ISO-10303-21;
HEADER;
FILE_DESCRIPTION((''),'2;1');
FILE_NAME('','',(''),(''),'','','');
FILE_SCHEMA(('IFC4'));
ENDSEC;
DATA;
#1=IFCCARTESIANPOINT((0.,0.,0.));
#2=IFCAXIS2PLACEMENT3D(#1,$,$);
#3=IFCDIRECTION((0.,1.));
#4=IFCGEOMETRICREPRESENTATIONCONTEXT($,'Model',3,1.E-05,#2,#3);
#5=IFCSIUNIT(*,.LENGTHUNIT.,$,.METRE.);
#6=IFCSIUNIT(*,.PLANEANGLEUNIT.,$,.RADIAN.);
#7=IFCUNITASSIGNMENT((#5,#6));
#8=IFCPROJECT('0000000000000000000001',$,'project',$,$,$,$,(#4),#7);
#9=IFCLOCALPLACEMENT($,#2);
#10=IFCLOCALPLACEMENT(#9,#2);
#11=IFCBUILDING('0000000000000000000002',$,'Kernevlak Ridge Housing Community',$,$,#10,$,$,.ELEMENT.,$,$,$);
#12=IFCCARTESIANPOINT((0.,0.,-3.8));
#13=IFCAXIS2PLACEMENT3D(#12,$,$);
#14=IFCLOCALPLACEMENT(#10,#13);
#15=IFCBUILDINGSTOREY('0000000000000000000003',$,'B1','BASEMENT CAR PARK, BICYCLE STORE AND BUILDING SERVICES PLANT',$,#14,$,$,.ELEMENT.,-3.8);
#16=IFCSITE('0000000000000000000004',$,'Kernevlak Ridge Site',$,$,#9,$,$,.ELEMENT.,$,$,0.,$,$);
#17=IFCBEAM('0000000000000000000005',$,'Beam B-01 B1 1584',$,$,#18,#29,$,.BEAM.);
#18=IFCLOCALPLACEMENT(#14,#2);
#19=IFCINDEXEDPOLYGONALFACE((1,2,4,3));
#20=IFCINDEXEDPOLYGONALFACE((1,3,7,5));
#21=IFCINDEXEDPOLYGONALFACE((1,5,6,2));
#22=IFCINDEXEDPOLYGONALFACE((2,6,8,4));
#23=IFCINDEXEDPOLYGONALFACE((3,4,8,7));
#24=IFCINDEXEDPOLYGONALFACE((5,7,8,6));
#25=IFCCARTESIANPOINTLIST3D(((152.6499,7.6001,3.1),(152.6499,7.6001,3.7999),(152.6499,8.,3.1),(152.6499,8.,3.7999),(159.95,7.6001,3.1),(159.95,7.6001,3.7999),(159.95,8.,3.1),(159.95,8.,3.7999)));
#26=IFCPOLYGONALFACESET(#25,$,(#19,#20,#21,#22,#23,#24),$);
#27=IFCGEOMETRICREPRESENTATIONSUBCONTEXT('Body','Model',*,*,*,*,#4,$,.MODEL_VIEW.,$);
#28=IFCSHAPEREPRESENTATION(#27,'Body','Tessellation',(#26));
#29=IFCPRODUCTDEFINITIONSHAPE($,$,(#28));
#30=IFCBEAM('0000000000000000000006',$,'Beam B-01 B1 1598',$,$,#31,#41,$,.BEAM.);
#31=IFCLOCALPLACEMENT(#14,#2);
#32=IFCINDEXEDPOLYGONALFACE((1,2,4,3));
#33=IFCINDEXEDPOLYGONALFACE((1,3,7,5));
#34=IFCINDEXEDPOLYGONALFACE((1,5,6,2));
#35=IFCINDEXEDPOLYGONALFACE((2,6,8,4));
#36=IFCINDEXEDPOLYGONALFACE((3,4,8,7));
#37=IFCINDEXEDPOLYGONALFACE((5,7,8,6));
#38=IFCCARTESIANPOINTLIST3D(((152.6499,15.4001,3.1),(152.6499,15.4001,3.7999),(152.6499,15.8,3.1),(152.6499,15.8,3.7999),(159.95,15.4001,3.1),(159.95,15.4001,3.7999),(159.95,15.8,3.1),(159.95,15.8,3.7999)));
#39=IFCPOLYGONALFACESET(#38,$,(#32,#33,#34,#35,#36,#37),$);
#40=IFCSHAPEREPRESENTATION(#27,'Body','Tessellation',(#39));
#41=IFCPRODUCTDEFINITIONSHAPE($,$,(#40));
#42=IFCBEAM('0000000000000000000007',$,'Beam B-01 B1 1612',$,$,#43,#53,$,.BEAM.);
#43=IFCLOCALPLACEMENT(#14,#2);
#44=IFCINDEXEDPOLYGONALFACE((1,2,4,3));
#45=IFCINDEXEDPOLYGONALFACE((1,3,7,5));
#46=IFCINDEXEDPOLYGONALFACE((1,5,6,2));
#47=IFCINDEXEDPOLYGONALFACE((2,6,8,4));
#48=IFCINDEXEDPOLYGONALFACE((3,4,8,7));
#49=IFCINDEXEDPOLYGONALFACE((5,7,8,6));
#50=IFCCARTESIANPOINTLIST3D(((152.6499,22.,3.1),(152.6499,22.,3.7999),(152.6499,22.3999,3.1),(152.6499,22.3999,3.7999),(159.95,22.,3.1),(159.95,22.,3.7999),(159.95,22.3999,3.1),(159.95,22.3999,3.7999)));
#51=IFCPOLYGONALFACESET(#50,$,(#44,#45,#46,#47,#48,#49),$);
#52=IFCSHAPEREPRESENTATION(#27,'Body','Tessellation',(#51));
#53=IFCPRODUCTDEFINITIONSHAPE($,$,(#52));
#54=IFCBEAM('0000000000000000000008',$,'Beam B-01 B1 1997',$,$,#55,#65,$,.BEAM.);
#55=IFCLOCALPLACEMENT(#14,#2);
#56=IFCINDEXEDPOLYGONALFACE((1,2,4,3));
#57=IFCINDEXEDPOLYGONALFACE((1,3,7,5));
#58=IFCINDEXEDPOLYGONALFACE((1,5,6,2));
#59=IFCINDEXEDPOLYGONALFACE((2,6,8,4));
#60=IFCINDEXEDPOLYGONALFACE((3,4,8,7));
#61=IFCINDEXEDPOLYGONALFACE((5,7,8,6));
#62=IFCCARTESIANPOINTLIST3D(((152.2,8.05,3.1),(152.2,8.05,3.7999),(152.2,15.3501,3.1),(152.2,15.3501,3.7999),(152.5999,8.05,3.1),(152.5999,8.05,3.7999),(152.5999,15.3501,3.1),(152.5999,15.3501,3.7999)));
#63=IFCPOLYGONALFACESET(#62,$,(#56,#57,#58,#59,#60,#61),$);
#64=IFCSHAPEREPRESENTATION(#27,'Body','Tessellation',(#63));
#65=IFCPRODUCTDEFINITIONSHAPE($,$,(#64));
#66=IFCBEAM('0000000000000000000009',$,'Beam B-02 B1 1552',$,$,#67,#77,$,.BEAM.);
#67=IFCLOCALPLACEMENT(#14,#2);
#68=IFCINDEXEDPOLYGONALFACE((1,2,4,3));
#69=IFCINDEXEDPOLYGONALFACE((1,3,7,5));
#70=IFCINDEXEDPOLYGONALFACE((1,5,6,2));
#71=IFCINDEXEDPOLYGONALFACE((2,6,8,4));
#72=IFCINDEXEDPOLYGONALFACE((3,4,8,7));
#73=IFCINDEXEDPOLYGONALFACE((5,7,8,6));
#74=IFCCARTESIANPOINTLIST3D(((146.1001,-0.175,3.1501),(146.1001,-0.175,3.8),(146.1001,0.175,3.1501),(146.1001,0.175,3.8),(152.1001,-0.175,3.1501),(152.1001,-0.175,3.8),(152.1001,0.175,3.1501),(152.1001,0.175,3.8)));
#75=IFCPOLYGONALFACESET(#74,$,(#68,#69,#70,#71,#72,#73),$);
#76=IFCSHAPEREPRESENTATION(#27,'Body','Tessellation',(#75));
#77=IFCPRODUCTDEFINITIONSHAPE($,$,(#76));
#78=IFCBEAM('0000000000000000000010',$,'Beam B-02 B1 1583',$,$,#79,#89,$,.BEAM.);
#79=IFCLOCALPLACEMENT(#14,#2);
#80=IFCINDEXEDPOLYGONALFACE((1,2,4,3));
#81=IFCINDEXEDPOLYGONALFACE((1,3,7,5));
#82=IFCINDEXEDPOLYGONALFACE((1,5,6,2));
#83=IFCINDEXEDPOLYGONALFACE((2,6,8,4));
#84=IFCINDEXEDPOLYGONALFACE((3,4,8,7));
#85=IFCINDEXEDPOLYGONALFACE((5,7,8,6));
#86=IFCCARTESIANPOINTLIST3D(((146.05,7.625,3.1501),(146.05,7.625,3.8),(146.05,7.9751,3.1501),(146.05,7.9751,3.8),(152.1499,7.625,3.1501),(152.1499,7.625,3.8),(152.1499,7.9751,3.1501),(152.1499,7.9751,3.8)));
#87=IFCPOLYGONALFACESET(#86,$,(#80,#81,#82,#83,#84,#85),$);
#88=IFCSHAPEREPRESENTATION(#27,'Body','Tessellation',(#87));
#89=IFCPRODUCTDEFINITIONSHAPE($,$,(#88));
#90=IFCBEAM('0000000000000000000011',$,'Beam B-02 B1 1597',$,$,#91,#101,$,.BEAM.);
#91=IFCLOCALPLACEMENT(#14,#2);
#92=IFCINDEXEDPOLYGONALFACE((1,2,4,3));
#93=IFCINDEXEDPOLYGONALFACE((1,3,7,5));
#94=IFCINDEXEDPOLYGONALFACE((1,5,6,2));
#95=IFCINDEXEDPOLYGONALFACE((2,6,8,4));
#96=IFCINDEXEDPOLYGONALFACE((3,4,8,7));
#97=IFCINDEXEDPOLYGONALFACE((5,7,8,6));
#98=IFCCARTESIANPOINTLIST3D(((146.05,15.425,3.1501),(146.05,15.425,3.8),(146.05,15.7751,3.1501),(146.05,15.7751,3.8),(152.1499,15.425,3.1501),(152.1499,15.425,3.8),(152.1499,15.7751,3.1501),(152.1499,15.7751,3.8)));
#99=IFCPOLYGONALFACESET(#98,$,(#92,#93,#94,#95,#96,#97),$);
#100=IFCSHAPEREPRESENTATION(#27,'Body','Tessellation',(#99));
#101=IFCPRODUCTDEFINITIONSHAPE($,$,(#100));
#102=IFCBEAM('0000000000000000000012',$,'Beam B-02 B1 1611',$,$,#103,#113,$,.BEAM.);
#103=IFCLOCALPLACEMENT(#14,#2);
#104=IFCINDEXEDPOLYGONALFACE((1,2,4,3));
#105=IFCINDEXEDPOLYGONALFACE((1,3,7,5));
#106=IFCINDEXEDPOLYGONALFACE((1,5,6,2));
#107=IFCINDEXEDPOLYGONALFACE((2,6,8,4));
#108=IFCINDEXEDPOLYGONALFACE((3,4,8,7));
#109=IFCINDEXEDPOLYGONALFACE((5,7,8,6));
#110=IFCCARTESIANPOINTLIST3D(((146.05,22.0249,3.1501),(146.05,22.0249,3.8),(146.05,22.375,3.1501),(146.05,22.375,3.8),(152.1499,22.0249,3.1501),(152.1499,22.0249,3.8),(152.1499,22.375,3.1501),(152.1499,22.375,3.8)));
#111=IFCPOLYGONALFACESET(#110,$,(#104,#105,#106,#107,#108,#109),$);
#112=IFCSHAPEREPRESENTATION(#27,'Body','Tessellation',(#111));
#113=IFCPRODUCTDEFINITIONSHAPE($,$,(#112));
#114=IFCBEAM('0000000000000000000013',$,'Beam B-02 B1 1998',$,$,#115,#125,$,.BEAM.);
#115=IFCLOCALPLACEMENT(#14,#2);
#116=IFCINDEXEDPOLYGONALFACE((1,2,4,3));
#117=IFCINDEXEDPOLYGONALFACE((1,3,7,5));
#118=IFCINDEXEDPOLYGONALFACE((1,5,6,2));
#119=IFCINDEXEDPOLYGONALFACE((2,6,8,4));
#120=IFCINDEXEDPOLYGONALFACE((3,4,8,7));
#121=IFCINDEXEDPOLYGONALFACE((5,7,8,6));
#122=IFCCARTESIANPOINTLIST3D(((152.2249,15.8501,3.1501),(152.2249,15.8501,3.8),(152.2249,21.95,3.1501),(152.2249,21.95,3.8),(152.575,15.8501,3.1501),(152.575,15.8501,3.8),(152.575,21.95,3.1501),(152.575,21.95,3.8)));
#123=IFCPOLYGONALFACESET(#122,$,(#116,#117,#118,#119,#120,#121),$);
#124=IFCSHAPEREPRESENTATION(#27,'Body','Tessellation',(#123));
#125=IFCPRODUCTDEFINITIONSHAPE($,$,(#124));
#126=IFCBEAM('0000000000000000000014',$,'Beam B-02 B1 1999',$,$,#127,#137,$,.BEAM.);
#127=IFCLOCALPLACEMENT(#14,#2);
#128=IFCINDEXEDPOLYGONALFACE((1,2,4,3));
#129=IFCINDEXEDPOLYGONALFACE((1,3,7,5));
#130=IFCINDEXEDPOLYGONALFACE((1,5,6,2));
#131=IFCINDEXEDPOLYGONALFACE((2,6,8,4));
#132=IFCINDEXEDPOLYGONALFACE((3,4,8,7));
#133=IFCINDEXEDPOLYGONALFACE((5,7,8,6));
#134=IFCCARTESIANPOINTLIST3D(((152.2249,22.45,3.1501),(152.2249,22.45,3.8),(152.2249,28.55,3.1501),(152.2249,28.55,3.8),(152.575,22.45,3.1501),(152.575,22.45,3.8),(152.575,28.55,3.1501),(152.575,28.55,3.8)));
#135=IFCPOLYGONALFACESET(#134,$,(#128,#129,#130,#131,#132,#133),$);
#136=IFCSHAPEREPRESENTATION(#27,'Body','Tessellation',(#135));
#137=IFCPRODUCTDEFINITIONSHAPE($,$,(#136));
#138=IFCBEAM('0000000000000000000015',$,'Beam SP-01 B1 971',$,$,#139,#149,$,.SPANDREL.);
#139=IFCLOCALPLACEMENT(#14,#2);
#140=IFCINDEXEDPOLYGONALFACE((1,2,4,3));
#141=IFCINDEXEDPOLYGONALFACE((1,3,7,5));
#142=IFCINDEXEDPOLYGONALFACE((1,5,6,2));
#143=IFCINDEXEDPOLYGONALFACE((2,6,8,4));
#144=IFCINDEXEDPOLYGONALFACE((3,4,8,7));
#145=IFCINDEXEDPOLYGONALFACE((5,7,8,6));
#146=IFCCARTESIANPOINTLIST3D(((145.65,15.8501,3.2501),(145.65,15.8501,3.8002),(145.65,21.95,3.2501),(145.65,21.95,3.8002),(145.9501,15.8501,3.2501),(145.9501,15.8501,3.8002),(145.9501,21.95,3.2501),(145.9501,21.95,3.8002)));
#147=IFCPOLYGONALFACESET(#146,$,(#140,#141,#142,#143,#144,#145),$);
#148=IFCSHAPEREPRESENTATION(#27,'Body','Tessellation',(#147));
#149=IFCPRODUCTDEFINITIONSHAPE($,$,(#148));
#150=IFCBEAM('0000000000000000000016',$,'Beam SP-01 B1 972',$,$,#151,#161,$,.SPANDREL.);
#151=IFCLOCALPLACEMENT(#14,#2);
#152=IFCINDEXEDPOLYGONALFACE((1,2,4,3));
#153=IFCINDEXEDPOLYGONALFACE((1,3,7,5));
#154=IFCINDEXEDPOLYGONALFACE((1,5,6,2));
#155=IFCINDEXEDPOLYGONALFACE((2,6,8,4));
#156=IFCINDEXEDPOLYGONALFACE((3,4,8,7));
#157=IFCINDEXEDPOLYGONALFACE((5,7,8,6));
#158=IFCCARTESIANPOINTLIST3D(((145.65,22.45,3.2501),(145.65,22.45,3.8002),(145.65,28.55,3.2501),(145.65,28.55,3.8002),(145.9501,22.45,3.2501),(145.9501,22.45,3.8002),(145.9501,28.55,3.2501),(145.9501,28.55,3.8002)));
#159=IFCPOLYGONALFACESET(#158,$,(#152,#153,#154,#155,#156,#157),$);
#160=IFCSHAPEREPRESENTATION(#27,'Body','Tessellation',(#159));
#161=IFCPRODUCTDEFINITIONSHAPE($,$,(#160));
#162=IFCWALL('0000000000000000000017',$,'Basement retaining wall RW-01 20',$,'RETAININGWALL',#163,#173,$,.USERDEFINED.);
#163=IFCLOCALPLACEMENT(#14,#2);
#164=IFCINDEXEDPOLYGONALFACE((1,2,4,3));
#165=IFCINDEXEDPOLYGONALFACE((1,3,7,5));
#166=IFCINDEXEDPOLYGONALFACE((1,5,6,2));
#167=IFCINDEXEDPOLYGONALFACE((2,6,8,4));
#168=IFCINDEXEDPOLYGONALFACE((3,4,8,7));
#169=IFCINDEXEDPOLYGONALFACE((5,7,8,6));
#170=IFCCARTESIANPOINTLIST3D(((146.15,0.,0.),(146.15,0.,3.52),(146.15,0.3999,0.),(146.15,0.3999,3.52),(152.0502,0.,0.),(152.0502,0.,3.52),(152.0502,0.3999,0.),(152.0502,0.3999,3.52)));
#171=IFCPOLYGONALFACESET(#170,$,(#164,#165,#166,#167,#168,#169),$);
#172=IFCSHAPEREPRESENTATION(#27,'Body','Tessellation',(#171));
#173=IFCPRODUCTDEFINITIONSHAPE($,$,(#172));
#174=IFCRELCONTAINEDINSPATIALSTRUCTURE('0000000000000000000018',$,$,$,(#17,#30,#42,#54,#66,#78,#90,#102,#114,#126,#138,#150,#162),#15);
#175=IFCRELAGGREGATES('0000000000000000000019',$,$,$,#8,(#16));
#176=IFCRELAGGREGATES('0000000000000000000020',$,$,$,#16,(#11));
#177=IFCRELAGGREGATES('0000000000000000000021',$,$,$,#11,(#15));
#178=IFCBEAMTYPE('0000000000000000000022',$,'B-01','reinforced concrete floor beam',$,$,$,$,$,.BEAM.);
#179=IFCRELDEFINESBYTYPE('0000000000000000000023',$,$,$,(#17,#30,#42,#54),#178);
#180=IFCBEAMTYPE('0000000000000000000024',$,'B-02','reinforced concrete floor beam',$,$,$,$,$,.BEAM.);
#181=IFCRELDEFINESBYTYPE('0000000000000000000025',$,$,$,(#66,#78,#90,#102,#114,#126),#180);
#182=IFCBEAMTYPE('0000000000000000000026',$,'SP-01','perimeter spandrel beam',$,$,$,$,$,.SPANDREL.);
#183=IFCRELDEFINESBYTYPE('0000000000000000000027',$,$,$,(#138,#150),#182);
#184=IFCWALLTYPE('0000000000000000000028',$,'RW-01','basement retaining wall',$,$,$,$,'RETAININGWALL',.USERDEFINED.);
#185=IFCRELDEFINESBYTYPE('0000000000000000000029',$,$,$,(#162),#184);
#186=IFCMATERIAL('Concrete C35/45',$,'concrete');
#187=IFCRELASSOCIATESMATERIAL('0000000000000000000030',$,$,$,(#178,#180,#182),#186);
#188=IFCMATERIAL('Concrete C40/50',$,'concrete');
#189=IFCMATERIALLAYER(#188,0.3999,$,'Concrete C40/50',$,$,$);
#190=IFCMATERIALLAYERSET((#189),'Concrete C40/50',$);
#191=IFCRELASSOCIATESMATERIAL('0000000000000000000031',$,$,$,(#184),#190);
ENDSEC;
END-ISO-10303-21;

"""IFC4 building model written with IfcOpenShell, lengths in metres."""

from ifc_helpers import new_model, si_unit, direction, frame, frame_2d, origin, origin_2d, place, context, subcontext, project, spatial, rectangle, extrude, material, layer, layer_set, material_profile, profile_set, type_object, element, save


model = new_model("IFC4")

# Units and contexts
model_context = context("Model", 3, precision=1e-05, world=origin(), true_north=direction((0.0, 1.0)))
body_context = subcontext(model_context, "Body", "Model", "MODEL_VIEW")
ifc_project = project(units=[si_unit("LENGTHUNIT", "METRE"), si_unit("PLANEANGLEUNIT", "RADIAN")], contexts=[model_context])

# Site, building, storey
site_placement = place(None, origin())
site = spatial("IfcSite", under=ifc_project, at=site_placement, Name="Kernevlak Ridge Site", CompositionType="ELEMENT", RefElevation=0.0)
building_placement = place(site_placement, origin())
building = spatial("IfcBuilding", under=site, at=building_placement, Name="Kernevlak Ridge Housing Community", CompositionType="ELEMENT")
storey_placement = place(building_placement, frame((0.0, 0.0, -3.8)))
storey = spatial("IfcBuildingStorey", under=building, at=storey_placement, Name="B1", Description="BASEMENT CAR PARK, BICYCLE STORE AND BUILDING SERVICES PLANT", CompositionType="ELEMENT", Elevation=-3.8)

# Shared definitions
ifc_material_1 = material(Name="Concrete C35/45", Category="concrete")

# Shared definitions
ifc_material_2 = material(Name="Concrete C40/50", Category="concrete")

# Beams
ifc_material_profile_1 = material_profile(ifc_material_1, rectangle(XDim=0.3999, YDim=0.7, at=origin_2d()), Name="RC 400x700")
ifc_profile_set_1 = profile_set([ifc_material_profile_1], Name="Concrete C35/45")
beam_type_1 = type_object("IfcBeamType", Name="B-01", Description="reinforced concrete floor beam", PredefinedType="BEAM", material=ifc_profile_set_1)
for number, where, z_axis, x_axis, name in (
    (1, (152.6499, 7.8, 3.45), (1.0, 0.0, 0.0), (0.0, 1.0, 0.0), "Beam B-01 B1 1584"),
    (2, (152.6499, 15.6001, 3.45), (1.0, 0.0, 0.0), (0.0, 1.0, 0.0), "Beam B-01 B1 1598"),
    (3, (152.6499, 22.2, 3.45), (1.0, 0.0, 0.0), (0.0, 1.0, 0.0), "Beam B-01 B1 1612"),
    (4, (152.3999, 8.05, 3.45), (0.0, 1.0, 0.0), (-1.0, 0.0, 0.0), "Beam B-01 B1 1997"),
):
    element("IfcBeam", number, at=place(storey_placement, frame(where, z_axis=z_axis, x_axis=x_axis)), inside=storey, type_object=beam_type_1, Name=name, PredefinedType="BEAM", context=body_context, shape_type="SweptSolid", body=[
        extrude(rectangle(XDim=0.3999, YDim=0.7, at=origin_2d()), origin(), (0.0, 0.0, 1.0), 7.3),
    ])
ifc_material_profile_2 = material_profile(ifc_material_1, rectangle(XDim=0.3501, YDim=0.6499, at=origin_2d()), Name="RC 350x650")
ifc_profile_set_2 = profile_set([ifc_material_profile_2], Name="Concrete C35/45")
beam_type_2 = type_object("IfcBeamType", Name="B-02", Description="reinforced concrete floor beam", PredefinedType="BEAM", material=ifc_profile_set_2)
beam_1_placement = place(storey_placement, frame((146.1001, 0.0, 3.4751), z_axis=(1.0, 0.0, 0.0), x_axis=(0.0, 1.0, 0.0)))
element("IfcBeam", 5, at=beam_1_placement, inside=storey, type_object=beam_type_2, Name="Beam B-02 B1 1552", PredefinedType="BEAM", context=body_context, shape_type="SweptSolid", body=[
    extrude(rectangle(XDim=0.3501, YDim=0.6499, at=origin_2d()), origin(), (0.0, 0.0, 1.0), 6.0),
])
for number, where, z_axis, x_axis, name in (
    (6, (146.05, 7.8, 3.4751), (1.0, 0.0, 0.0), (0.0, 1.0, 0.0), "Beam B-02 B1 1583"),
    (7, (146.05, 15.6001, 3.4751), (1.0, 0.0, 0.0), (0.0, 1.0, 0.0), "Beam B-02 B1 1597"),
    (8, (146.05, 22.2, 3.4751), (1.0, 0.0, 0.0), (0.0, 1.0, 0.0), "Beam B-02 B1 1611"),
    (9, (152.3999, 15.8501, 3.4751), (0.0, 1.0, 0.0), (-1.0, 0.0, 0.0), "Beam B-02 B1 1998"),
):
    element("IfcBeam", number, at=place(storey_placement, frame(where, z_axis=z_axis, x_axis=x_axis)), inside=storey, type_object=beam_type_2, Name=name, PredefinedType="BEAM", context=body_context, shape_type="SweptSolid", body=[
        extrude(rectangle(XDim=0.3501, YDim=0.6499, at=origin_2d()), origin(), (0.0, 0.0, 1.0), 6.0999),
    ])
beam_2_placement = place(storey_placement, frame((152.3999, 22.45, 3.4751), z_axis=(0.0, 1.0, 0.0), x_axis=(-1.0, 0.0, 0.0)))
element("IfcBeam", 10, at=beam_2_placement, inside=storey, type_object=beam_type_2, Name="Beam B-02 B1 1999", PredefinedType="BEAM", context=body_context, shape_type="SweptSolid", body=[
    extrude(rectangle(XDim=0.3501, YDim=0.6499, at=origin_2d()), origin(), (0.0, 0.0, 1.0), 6.1001),
])
ifc_material_profile_3 = material_profile(ifc_material_1, rectangle(XDim=0.3, YDim=0.55, at=origin_2d()), Name="RC 300x550")
ifc_profile_set_3 = profile_set([ifc_material_profile_3], Name="Concrete C35/45")
beam_type_3 = type_object("IfcBeamType", Name="SP-01", Description="perimeter spandrel beam", PredefinedType="SPANDREL", material=ifc_profile_set_3)
beam_3_placement = place(storey_placement, frame((145.8, 15.8501, 3.5251), z_axis=(0.0, 1.0, 0.0), x_axis=(-1.0, 0.0, 0.0)))
element("IfcBeam", 11, at=beam_3_placement, inside=storey, type_object=beam_type_3, Name="Beam SP-01 B1 971", PredefinedType="SPANDREL", context=body_context, shape_type="SweptSolid", body=[
    extrude(rectangle(XDim=0.3, YDim=0.55, at=origin_2d()), origin(), (0.0, 0.0, 1.0), 6.0999),
])
beam_4_placement = place(storey_placement, frame((145.8, 22.45, 3.5251), z_axis=(0.0, 1.0, 0.0), x_axis=(-1.0, 0.0, 0.0)))
element("IfcBeam", 12, at=beam_4_placement, inside=storey, type_object=beam_type_3, Name="Beam SP-01 B1 972", PredefinedType="SPANDREL", context=body_context, shape_type="SweptSolid", body=[
    extrude(rectangle(XDim=0.3, YDim=0.55, at=origin_2d()), origin(), (0.0, 0.0, 1.0), 6.1001),
])

# Wall
ifc_layer = layer(ifc_material_2, 0.3999, Name="Concrete C40/50")
ifc_layer_set = layer_set([ifc_layer], Name="Concrete C40/50")
wall_type = type_object("IfcWallType", Name="RW-01", Description="basement retaining wall", ElementType="RETAININGWALL", PredefinedType="USERDEFINED", material=ifc_layer_set)
wall_placement = place(storey_placement, frame((146.1499, 0.2, 0.0), z_axis=(0.0, 0.0, 1.0), x_axis=(1.0, 0.0, 0.0)))
element("IfcWall", 13, at=wall_placement, inside=storey, type_object=wall_type, Name="Basement retaining wall RW-01 20", ObjectType="RETAININGWALL", PredefinedType="USERDEFINED", context=body_context, shape_type="SweptSolid", body=[
    extrude(rectangle(XDim=5.9001, YDim=0.3999, at=frame_2d((2.9502, 0.0))), origin(), (0.0, 0.0, 1.0), 3.52),
])

save(model, "model.ifc")
